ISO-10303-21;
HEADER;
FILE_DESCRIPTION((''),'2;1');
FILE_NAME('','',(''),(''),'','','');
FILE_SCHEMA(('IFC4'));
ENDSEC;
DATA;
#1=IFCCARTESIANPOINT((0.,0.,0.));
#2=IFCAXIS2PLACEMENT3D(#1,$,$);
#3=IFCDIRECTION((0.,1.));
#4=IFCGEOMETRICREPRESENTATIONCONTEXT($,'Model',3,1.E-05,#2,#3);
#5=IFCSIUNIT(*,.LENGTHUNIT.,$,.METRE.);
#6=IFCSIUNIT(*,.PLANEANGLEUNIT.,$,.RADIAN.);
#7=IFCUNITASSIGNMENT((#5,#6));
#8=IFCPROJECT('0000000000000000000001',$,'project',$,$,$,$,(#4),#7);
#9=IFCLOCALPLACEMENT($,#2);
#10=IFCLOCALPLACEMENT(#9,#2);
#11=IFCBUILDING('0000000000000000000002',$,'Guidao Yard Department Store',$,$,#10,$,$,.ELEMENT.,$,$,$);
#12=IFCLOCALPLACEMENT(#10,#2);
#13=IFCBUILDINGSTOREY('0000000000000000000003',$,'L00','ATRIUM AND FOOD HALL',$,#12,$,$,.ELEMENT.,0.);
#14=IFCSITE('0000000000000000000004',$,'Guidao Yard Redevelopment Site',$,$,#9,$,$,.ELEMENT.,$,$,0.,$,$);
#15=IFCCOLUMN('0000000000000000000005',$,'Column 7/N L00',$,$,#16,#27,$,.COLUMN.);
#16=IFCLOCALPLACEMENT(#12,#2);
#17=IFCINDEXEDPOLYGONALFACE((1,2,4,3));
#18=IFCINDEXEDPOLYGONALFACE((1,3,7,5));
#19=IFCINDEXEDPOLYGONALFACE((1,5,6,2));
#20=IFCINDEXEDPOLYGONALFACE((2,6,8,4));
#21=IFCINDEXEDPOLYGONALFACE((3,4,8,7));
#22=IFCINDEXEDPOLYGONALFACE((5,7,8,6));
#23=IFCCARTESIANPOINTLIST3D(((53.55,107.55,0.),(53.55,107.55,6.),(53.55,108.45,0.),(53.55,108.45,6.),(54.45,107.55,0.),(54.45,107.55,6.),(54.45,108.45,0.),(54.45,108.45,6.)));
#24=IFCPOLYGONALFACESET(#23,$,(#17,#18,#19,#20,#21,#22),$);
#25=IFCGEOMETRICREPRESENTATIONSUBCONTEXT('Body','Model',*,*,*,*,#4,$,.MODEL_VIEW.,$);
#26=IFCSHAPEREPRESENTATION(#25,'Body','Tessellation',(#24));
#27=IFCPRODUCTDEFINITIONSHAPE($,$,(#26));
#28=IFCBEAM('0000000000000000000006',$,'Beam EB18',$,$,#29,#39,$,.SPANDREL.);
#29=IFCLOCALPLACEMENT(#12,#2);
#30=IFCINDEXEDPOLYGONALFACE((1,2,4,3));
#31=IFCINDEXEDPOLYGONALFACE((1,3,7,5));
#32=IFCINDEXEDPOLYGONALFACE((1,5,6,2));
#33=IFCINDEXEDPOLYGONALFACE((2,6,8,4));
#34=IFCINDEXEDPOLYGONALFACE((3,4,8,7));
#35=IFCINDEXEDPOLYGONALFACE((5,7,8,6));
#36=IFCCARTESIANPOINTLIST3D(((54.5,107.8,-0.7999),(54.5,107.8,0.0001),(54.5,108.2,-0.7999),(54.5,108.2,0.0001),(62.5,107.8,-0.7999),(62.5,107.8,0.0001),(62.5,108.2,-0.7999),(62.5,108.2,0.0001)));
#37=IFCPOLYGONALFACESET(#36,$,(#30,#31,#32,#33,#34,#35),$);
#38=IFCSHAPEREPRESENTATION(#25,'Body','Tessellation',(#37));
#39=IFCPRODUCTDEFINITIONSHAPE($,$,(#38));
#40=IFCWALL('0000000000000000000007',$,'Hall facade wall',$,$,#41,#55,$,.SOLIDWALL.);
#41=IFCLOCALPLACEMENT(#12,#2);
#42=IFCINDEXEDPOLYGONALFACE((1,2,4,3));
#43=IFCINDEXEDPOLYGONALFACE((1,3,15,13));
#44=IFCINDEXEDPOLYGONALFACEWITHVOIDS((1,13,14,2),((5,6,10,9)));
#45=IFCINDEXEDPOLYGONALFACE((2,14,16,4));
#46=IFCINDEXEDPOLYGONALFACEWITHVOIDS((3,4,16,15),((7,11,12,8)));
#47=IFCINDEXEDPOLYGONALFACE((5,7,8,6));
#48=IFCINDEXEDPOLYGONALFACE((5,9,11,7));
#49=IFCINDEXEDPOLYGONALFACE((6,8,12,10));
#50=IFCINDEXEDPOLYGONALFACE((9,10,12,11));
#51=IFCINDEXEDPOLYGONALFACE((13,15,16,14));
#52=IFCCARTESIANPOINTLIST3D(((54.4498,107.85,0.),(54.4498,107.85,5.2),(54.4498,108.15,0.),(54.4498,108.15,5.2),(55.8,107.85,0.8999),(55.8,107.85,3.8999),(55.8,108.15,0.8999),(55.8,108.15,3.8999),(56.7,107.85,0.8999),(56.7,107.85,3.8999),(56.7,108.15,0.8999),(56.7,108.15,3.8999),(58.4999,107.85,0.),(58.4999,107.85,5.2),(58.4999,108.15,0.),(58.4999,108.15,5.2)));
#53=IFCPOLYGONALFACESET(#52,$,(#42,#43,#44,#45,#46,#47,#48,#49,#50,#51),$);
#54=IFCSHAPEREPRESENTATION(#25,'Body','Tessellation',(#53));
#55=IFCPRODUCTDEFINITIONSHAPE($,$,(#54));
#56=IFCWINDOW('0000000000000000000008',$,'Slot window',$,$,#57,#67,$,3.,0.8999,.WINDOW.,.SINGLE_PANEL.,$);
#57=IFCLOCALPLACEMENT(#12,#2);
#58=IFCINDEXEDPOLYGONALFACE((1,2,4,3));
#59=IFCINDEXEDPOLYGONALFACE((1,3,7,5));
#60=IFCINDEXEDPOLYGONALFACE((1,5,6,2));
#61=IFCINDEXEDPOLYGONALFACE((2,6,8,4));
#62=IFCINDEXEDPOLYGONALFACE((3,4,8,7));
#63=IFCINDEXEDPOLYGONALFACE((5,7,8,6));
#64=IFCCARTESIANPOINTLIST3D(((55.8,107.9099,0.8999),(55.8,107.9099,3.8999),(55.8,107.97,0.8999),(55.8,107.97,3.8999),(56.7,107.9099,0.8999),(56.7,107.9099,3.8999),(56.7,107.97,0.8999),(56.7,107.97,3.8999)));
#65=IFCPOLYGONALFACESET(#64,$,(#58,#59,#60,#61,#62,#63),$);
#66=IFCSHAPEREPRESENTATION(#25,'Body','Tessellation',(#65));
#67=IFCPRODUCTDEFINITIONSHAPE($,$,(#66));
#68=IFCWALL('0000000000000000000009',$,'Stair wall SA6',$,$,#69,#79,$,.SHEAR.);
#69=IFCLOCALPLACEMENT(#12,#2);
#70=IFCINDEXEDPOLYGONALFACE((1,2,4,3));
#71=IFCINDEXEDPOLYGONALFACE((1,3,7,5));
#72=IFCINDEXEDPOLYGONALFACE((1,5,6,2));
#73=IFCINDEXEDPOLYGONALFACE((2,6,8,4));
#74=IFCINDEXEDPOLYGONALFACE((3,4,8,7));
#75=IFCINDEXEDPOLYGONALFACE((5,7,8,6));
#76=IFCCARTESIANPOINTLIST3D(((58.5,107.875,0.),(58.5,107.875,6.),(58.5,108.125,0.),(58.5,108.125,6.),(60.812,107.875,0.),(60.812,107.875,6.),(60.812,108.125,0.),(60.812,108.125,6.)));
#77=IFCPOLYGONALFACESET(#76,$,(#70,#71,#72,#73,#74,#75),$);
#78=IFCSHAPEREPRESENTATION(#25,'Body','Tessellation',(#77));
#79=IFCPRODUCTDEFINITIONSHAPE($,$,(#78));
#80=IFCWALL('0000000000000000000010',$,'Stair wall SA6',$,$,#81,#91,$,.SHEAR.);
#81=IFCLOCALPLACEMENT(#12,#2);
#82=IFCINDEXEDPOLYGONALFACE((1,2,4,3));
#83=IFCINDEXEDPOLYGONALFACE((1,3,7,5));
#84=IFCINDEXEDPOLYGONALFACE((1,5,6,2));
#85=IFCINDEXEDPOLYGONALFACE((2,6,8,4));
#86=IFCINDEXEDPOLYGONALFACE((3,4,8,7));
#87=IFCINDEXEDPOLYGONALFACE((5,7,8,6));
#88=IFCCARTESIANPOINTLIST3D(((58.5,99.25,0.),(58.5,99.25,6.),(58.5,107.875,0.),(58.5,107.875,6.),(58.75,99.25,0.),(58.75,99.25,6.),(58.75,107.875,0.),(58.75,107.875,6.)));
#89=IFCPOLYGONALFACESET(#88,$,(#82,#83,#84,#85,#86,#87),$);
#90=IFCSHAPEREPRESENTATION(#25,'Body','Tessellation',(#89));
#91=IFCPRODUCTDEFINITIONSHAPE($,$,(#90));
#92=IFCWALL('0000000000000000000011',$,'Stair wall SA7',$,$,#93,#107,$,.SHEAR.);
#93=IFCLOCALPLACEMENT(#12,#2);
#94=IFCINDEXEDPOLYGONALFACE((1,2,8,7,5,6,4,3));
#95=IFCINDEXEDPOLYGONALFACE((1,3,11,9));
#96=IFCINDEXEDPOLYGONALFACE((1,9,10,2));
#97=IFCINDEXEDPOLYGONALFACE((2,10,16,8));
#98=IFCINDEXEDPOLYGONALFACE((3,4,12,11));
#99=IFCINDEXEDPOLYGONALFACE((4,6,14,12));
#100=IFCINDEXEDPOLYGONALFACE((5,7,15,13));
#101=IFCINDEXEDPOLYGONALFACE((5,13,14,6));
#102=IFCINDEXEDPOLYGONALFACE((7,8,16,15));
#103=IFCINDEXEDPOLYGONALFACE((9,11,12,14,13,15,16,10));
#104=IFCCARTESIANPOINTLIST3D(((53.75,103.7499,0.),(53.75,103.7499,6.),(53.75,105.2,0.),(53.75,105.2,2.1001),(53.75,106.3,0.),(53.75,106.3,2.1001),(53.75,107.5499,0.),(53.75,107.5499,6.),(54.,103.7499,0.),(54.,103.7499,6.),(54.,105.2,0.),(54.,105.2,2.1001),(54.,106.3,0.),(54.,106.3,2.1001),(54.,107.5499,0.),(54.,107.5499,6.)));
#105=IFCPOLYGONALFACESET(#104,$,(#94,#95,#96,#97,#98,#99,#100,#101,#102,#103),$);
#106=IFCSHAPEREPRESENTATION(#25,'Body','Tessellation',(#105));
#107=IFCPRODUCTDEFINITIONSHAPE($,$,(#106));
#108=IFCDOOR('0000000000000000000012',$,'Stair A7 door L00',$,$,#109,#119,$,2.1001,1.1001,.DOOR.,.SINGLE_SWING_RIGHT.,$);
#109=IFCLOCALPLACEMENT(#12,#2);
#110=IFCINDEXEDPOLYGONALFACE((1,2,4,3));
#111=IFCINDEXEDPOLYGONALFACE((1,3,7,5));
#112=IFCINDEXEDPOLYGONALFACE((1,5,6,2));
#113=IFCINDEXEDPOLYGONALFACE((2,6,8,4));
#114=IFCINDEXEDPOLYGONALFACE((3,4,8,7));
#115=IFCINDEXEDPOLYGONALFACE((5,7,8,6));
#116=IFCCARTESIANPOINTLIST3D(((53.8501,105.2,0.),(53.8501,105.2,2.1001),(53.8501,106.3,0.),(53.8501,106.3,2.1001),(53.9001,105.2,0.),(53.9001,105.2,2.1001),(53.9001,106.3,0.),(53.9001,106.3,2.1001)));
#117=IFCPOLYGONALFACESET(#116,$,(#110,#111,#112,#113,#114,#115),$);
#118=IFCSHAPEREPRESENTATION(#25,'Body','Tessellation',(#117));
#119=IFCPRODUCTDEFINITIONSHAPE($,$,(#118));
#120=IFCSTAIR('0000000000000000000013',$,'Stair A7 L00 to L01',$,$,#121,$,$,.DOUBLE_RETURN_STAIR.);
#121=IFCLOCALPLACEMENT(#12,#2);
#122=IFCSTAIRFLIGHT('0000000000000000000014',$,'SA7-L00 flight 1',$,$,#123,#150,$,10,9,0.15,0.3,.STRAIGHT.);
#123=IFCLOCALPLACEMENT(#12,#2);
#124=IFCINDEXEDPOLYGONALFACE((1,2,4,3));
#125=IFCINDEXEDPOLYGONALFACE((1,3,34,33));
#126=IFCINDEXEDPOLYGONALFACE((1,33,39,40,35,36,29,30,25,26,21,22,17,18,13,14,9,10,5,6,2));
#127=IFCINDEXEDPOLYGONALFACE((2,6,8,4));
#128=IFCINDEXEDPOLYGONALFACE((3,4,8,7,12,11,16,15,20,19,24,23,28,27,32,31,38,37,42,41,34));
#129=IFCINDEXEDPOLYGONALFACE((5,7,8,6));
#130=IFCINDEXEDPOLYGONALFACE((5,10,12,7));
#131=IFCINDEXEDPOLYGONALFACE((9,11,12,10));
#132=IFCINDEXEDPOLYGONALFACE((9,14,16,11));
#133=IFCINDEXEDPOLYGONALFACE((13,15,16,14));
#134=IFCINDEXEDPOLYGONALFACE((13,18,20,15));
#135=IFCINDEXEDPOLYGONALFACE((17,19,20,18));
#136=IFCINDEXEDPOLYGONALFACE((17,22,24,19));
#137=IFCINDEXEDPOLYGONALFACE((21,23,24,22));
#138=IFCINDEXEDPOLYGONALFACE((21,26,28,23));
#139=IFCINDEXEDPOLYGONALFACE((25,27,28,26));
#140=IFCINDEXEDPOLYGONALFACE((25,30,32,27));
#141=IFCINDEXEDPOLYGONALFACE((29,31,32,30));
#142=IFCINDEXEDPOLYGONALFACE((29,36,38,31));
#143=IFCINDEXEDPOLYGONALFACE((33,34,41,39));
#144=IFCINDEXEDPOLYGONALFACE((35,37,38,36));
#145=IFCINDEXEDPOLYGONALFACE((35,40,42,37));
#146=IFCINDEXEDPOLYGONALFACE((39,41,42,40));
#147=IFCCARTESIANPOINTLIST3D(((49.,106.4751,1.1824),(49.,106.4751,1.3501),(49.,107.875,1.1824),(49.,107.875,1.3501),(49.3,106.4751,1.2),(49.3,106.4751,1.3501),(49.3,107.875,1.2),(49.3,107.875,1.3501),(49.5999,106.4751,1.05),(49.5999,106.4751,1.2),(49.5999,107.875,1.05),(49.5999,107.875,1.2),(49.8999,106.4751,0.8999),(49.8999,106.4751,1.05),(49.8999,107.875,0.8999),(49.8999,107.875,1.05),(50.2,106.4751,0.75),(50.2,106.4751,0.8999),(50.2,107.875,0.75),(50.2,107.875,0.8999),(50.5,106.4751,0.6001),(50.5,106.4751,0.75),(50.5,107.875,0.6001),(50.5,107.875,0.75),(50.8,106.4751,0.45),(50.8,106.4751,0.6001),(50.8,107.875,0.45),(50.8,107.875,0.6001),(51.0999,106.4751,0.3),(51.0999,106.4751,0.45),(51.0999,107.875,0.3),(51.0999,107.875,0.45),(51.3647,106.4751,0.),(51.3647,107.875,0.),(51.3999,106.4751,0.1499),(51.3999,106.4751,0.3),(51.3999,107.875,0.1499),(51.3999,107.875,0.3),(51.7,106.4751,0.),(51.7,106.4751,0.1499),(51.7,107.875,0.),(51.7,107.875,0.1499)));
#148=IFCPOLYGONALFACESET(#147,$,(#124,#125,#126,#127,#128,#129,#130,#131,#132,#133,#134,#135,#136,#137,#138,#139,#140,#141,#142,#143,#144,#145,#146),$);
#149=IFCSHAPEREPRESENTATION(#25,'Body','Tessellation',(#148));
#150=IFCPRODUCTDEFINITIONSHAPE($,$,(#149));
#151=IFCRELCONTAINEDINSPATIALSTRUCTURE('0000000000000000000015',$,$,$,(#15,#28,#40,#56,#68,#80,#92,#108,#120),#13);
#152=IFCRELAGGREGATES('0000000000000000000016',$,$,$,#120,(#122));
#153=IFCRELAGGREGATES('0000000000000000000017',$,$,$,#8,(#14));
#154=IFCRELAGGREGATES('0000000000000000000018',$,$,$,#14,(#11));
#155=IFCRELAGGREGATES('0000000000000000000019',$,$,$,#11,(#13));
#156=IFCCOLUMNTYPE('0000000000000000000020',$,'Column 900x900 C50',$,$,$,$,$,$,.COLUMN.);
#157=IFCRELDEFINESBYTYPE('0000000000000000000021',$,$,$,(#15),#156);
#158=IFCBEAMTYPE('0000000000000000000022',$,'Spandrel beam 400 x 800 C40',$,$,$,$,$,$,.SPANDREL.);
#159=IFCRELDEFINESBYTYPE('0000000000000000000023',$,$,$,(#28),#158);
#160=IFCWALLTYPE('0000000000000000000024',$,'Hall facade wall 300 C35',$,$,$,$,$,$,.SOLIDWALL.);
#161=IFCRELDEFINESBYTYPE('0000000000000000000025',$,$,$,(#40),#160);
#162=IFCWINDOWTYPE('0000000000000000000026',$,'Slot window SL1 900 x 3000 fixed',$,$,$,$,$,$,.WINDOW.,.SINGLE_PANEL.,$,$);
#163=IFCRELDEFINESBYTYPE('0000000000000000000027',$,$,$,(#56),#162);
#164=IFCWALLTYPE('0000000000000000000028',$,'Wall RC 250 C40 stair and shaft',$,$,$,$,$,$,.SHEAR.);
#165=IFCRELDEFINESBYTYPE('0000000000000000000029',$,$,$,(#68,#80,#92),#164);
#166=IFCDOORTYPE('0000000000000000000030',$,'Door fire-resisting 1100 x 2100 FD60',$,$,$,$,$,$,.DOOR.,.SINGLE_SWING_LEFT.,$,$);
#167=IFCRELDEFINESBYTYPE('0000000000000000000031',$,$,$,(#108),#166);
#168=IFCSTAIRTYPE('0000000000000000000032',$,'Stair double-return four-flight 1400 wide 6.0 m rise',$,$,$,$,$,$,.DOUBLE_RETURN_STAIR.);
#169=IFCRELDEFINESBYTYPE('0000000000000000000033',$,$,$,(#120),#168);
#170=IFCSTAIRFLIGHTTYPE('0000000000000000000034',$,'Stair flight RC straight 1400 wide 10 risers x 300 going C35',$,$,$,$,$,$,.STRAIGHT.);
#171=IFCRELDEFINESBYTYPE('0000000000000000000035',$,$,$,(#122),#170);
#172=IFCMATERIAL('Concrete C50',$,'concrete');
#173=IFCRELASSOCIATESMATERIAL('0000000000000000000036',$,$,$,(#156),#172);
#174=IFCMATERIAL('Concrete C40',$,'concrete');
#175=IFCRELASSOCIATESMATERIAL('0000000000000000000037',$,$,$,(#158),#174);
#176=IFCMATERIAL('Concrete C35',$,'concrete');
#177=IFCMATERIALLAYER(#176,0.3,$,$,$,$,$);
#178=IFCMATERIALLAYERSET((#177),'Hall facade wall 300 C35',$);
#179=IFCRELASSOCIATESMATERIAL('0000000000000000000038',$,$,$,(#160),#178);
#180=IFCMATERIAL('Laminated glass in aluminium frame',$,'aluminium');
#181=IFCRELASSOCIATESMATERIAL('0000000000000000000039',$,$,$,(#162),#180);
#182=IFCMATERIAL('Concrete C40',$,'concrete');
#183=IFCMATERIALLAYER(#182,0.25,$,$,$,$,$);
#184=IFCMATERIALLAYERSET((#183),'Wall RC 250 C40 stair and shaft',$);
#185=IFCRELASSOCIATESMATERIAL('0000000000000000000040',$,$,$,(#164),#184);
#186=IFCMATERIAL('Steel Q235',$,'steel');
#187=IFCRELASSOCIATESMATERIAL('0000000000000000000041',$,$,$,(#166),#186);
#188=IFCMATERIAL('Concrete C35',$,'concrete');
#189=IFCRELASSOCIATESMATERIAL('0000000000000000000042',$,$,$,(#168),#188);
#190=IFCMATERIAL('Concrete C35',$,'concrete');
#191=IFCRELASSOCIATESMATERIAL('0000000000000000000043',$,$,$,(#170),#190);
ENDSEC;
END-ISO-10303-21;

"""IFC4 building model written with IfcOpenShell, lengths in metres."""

from ifc_helpers import new_model, si_unit, direction, frame, frame_2d, origin, origin_2d, place, context, subcontext, project, spatial, polyline, rectangle, outline, extrude, material, layer, layer_set, material_profile, profile_set, type_object, element, fill, aggregate, save


model = new_model("IFC4")

# Units and contexts
model_context = context("Model", 3, precision=1e-05, world=origin(), true_north=direction((0.0, 1.0)))
body_context = subcontext(model_context, "Body", "Model", "MODEL_VIEW")
ifc_project = project(units=[si_unit("LENGTHUNIT", "METRE"), si_unit("PLANEANGLEUNIT", "RADIAN")], contexts=[model_context])

# Site, building, storey
site_placement = place(None, origin())
site = spatial("IfcSite", under=ifc_project, at=site_placement, Name="Guidao Yard Redevelopment Site", CompositionType="ELEMENT", RefElevation=0.0)
building_placement = place(site_placement, origin())
building = spatial("IfcBuilding", under=site, at=building_placement, Name="Guidao Yard Department Store", CompositionType="ELEMENT")
storey_placement = place(building_placement, origin())
storey = spatial("IfcBuildingStorey", under=building, at=storey_placement, Name="L00", Description="ATRIUM AND FOOD HALL", CompositionType="ELEMENT", Elevation=0.0)

# Column
ifc_material_1 = material(Name="Concrete C50", Category="concrete")
ifc_material_profile_1 = material_profile(ifc_material_1, rectangle(XDim=0.8999, YDim=0.8999, at=origin_2d()), Name="COL 900x900")
ifc_profile_set_1 = profile_set([ifc_material_profile_1], Name="Concrete C50")
column_type = type_object("IfcColumnType", Name="Column 900x900 C50", PredefinedType="COLUMN", material=ifc_profile_set_1)
column_placement = place(storey_placement, frame((54.0, 108.0, 0.0), z_axis=(0.0, 0.0, 1.0), x_axis=(1.0, 0.0, 0.0)))
element("IfcColumn", 1, at=column_placement, inside=storey, type_object=column_type, Name="Column 7/N L00", PredefinedType="COLUMN", context=body_context, shape_type="SweptSolid", body=[
    extrude(rectangle(XDim=0.8999, YDim=0.8999, at=origin_2d()), origin(), (0.0, 0.0, 1.0), 6.0),
])

# Beam
ifc_material_2 = material(Name="Concrete C40", Category="concrete")
ifc_material_profile_2 = material_profile(ifc_material_2, rectangle(XDim=0.3999, YDim=0.8, at=origin_2d()), Name="Spandrel beam 400 x 800 C40")
ifc_profile_set_2 = profile_set([ifc_material_profile_2], Name="Concrete C40")
beam_type = type_object("IfcBeamType", Name="Spandrel beam 400 x 800 C40", PredefinedType="SPANDREL", material=ifc_profile_set_2)
beam_placement = place(storey_placement, frame((54.5, 108.0, -0.3999), z_axis=(1.0, 0.0, 0.0), x_axis=(0.0, 1.0, 0.0)))
element("IfcBeam", 2, at=beam_placement, inside=storey, type_object=beam_type, Name="Beam EB18", PredefinedType="SPANDREL", context=body_context, shape_type="SweptSolid", body=[
    extrude(rectangle(XDim=0.3999, YDim=0.8, at=origin_2d()), origin(), (0.0, 0.0, 1.0), 8.0),
])

# Wall, opening, window
ifc_material_3 = material(Name="Concrete C35", Category="concrete")
ifc_layer_1 = layer(ifc_material_3, 0.3)
ifc_layer_set_1 = layer_set([ifc_layer_1], Name="Hall facade wall 300 C35")
wall_type_1 = type_object("IfcWallType", Name="Hall facade wall 300 C35", PredefinedType="SOLIDWALL", material=ifc_layer_set_1)
wall_1_placement = place(storey_placement, frame((54.45, 108.0, 0.0), z_axis=(0.0, 0.0, 1.0), x_axis=(1.0, 0.0, 0.0)))
wall_1 = element("IfcWall", 3, at=wall_1_placement, inside=storey, type_object=wall_type_1, Name="Hall facade wall", PredefinedType="SOLIDWALL", context=body_context, shape_type="SweptSolid", body=[
    extrude(rectangle(XDim=4.05, YDim=0.3, at=frame_2d((2.0249, 0.0))), origin(), (0.0, 0.0, 1.0), 5.2),
])
opening_1_placement = place(wall_1_placement, frame((1.3501, 0.0, 0.8999)))
opening_1 = element("IfcOpeningElement", 4, at=opening_1_placement, cuts=wall_1, PredefinedType="OPENING", context=body_context, shape_type="SweptSolid", body=[
    extrude(rectangle(XDim=0.8999, YDim=3.0, at=frame_2d((0.45, 1.5))), frame((0.0, 0.1599, 0.0), z_axis=(0.0, -1.0, 0.0), x_axis=(1.0, 0.0, 0.0)), (0.0, 0.0, 1.0), 0.3201),
])
ifc_material_4 = material(Name="Laminated glass in aluminium frame", Category="aluminium")
window_type = type_object("IfcWindowType", Name="Slot window SL1 900 x 3000 fixed", PartitioningType="SINGLE_PANEL", PredefinedType="WINDOW", material=ifc_material_4)
window_placement = place(opening_1_placement, origin())
window = element("IfcWindow", 5, at=window_placement, inside=storey, type_object=window_type, Name="Slot window", OverallHeight=3.0, OverallWidth=0.8999, PartitioningType="SINGLE_PANEL", PredefinedType="WINDOW", context=body_context, shape_type="SweptSolid", body=[
    extrude(rectangle(XDim=0.8999, YDim=3.0, at=frame_2d((0.45, 1.5))), frame((0.0, -0.03, 0.0), z_axis=(0.0, -1.0, 0.0), x_axis=(1.0, 0.0, 0.0)), (0.0, 0.0, 1.0), 0.0601),
])
fill(opening_1, window)

# Walls
ifc_material_5 = material(Name="Concrete C40", Category="concrete")
ifc_layer_2 = layer(ifc_material_5, 0.25)
ifc_layer_set_2 = layer_set([ifc_layer_2], Name="Wall RC 250 C40 stair and shaft")
wall_type_2 = type_object("IfcWallType", Name="Wall RC 250 C40 stair and shaft", PredefinedType="SHEAR", material=ifc_layer_set_2)
wall_2_placement = place(storey_placement, frame((58.5, 108.0, 0.0), z_axis=(0.0, 0.0, 1.0), x_axis=(1.0, 0.0, 0.0)))
element("IfcWall", 6, at=wall_2_placement, inside=storey, type_object=wall_type_2, Name="Stair wall SA6", PredefinedType="SHEAR", context=body_context, shape_type="SweptSolid", body=[
    extrude(rectangle(XDim=2.312, YDim=0.25, at=frame_2d((1.156, 0.0))), origin(), (0.0, 0.0, 1.0), 6.0),
])
wall_3_placement = place(storey_placement, frame((58.625, 99.25, 0.0), z_axis=(0.0, 0.0, 1.0), x_axis=(0.0, 1.0, 0.0)))
element("IfcWall", 7, at=wall_3_placement, inside=storey, type_object=wall_type_2, Name="Stair wall SA6", PredefinedType="SHEAR", context=body_context, shape_type="SweptSolid", body=[
    extrude(rectangle(XDim=8.625, YDim=0.25, at=frame_2d((4.3125, 0.0))), origin(), (0.0, 0.0, 1.0), 6.0),
])

# Wall, opening, door
wall_4_placement = place(storey_placement, frame((53.875, 103.75, 0.0), z_axis=(0.0, 0.0, 1.0), x_axis=(0.0, 1.0, 0.0)))
wall_4 = element("IfcWall", 8, at=wall_4_placement, inside=storey, type_object=wall_type_2, Name="Stair wall SA7", PredefinedType="SHEAR", context=body_context, shape_type="SweptSolid", body=[
    extrude(rectangle(XDim=3.8, YDim=0.25, at=frame_2d((1.8999, 0.0))), origin(), (0.0, 0.0, 1.0), 6.0),
])
opening_2_placement = place(wall_4_placement, frame((1.45, 0.0, 0.0)))
opening_2 = element("IfcOpeningElement", 9, at=opening_2_placement, cuts=wall_4, PredefinedType="OPENING", context=body_context, shape_type="SweptSolid", body=[
    extrude(rectangle(XDim=1.1001, YDim=2.1001, at=frame_2d((0.55, 1.05))), frame((0.0, 0.135, 0.0), z_axis=(0.0, -1.0, 0.0), x_axis=(1.0, 0.0, 0.0)), (0.0, 0.0, 1.0), 0.27),
])
ifc_material_6 = material(Name="Steel Q235", Category="steel")
door_type = type_object("IfcDoorType", Name="Door fire-resisting 1100 x 2100 FD60", OperationType="SINGLE_SWING_LEFT", PredefinedType="DOOR", material=ifc_material_6)
door_placement = place(opening_2_placement, origin())
door = element("IfcDoor", 10, at=door_placement, inside=storey, type_object=door_type, Name="Stair A7 door L00", OperationType="SINGLE_SWING_RIGHT", OverallHeight=2.1001, OverallWidth=1.1001, PredefinedType="DOOR", context=body_context, shape_type="SweptSolid", body=[
    extrude(rectangle(XDim=1.1001, YDim=2.1001, at=frame_2d((0.55, 1.05))), frame((0.0, 0.0249, 0.0), z_axis=(0.0, -1.0, 0.0), x_axis=(1.0, 0.0, 0.0)), (0.0, 0.0, 1.0), 0.05),
])
fill(opening_2, door)

# Stair, stair flight
ifc_material_7 = material(Name="Concrete C35", Category="concrete")
stair_type = type_object("IfcStairType", Name="Stair double-return four-flight 1400 wide 6.0 m rise", PredefinedType="DOUBLE_RETURN_STAIR", material=ifc_material_7)
stair_placement = place(storey_placement, origin())
stair = element("IfcStair", 11, at=stair_placement, inside=storey, type_object=stair_type, Name="Stair A7 L00 to L01", PredefinedType="DOUBLE_RETURN_STAIR")
ifc_material_8 = material(Name="Concrete C35", Category="concrete")
stair_flight_type = type_object("IfcStairFlightType", Name="Stair flight RC straight 1400 wide 10 risers x 300 going C35", PredefinedType="STRAIGHT", material=ifc_material_8)
stair_flight_1_placement = place(storey_placement, frame((51.7, 107.175, 0.0), z_axis=(0.0, 0.0, 1.0), x_axis=(-1.0, 0.0, 0.0)))
stair_flight_1 = element("IfcStairFlight", 12, at=stair_flight_1_placement, type_object=stair_flight_type, Name="SA7-L00 flight 1", NumberOfRisers=10, NumberOfTreads=9, PredefinedType="STRAIGHT", RiserHeight=0.15, TreadLength=0.3, context=body_context, shape_type="SweptSolid", body=[
    extrude(outline(polyline([(0.0, 0.0), (0.0, 0.1499), (0.3, 0.1499), (0.3, 0.3), (0.6001, 0.3), (0.6001, 0.45), (0.8999, 0.45), (0.8999, 0.6001), (1.2, 0.6001), (1.2, 0.75), (1.5, 0.75), (1.5, 0.8999), (1.8, 0.8999), (1.8, 1.05), (2.1001, 1.05), (2.1001, 1.2), (2.3999, 1.2), (2.3999, 1.3501), (2.7, 1.3501), (2.7, 1.5), (2.7, 1.1824), (0.3352, 0.0), (0.0, 0.0)])), frame((0.0, 0.7, 0.0), z_axis=(0.0, -1.0, 0.0), x_axis=(1.0, 0.0, 0.0)), (0.0, 0.0, 1.0), 1.3999),
])
aggregate(stair, [stair_flight_1])

save(model, "model.ifc")
